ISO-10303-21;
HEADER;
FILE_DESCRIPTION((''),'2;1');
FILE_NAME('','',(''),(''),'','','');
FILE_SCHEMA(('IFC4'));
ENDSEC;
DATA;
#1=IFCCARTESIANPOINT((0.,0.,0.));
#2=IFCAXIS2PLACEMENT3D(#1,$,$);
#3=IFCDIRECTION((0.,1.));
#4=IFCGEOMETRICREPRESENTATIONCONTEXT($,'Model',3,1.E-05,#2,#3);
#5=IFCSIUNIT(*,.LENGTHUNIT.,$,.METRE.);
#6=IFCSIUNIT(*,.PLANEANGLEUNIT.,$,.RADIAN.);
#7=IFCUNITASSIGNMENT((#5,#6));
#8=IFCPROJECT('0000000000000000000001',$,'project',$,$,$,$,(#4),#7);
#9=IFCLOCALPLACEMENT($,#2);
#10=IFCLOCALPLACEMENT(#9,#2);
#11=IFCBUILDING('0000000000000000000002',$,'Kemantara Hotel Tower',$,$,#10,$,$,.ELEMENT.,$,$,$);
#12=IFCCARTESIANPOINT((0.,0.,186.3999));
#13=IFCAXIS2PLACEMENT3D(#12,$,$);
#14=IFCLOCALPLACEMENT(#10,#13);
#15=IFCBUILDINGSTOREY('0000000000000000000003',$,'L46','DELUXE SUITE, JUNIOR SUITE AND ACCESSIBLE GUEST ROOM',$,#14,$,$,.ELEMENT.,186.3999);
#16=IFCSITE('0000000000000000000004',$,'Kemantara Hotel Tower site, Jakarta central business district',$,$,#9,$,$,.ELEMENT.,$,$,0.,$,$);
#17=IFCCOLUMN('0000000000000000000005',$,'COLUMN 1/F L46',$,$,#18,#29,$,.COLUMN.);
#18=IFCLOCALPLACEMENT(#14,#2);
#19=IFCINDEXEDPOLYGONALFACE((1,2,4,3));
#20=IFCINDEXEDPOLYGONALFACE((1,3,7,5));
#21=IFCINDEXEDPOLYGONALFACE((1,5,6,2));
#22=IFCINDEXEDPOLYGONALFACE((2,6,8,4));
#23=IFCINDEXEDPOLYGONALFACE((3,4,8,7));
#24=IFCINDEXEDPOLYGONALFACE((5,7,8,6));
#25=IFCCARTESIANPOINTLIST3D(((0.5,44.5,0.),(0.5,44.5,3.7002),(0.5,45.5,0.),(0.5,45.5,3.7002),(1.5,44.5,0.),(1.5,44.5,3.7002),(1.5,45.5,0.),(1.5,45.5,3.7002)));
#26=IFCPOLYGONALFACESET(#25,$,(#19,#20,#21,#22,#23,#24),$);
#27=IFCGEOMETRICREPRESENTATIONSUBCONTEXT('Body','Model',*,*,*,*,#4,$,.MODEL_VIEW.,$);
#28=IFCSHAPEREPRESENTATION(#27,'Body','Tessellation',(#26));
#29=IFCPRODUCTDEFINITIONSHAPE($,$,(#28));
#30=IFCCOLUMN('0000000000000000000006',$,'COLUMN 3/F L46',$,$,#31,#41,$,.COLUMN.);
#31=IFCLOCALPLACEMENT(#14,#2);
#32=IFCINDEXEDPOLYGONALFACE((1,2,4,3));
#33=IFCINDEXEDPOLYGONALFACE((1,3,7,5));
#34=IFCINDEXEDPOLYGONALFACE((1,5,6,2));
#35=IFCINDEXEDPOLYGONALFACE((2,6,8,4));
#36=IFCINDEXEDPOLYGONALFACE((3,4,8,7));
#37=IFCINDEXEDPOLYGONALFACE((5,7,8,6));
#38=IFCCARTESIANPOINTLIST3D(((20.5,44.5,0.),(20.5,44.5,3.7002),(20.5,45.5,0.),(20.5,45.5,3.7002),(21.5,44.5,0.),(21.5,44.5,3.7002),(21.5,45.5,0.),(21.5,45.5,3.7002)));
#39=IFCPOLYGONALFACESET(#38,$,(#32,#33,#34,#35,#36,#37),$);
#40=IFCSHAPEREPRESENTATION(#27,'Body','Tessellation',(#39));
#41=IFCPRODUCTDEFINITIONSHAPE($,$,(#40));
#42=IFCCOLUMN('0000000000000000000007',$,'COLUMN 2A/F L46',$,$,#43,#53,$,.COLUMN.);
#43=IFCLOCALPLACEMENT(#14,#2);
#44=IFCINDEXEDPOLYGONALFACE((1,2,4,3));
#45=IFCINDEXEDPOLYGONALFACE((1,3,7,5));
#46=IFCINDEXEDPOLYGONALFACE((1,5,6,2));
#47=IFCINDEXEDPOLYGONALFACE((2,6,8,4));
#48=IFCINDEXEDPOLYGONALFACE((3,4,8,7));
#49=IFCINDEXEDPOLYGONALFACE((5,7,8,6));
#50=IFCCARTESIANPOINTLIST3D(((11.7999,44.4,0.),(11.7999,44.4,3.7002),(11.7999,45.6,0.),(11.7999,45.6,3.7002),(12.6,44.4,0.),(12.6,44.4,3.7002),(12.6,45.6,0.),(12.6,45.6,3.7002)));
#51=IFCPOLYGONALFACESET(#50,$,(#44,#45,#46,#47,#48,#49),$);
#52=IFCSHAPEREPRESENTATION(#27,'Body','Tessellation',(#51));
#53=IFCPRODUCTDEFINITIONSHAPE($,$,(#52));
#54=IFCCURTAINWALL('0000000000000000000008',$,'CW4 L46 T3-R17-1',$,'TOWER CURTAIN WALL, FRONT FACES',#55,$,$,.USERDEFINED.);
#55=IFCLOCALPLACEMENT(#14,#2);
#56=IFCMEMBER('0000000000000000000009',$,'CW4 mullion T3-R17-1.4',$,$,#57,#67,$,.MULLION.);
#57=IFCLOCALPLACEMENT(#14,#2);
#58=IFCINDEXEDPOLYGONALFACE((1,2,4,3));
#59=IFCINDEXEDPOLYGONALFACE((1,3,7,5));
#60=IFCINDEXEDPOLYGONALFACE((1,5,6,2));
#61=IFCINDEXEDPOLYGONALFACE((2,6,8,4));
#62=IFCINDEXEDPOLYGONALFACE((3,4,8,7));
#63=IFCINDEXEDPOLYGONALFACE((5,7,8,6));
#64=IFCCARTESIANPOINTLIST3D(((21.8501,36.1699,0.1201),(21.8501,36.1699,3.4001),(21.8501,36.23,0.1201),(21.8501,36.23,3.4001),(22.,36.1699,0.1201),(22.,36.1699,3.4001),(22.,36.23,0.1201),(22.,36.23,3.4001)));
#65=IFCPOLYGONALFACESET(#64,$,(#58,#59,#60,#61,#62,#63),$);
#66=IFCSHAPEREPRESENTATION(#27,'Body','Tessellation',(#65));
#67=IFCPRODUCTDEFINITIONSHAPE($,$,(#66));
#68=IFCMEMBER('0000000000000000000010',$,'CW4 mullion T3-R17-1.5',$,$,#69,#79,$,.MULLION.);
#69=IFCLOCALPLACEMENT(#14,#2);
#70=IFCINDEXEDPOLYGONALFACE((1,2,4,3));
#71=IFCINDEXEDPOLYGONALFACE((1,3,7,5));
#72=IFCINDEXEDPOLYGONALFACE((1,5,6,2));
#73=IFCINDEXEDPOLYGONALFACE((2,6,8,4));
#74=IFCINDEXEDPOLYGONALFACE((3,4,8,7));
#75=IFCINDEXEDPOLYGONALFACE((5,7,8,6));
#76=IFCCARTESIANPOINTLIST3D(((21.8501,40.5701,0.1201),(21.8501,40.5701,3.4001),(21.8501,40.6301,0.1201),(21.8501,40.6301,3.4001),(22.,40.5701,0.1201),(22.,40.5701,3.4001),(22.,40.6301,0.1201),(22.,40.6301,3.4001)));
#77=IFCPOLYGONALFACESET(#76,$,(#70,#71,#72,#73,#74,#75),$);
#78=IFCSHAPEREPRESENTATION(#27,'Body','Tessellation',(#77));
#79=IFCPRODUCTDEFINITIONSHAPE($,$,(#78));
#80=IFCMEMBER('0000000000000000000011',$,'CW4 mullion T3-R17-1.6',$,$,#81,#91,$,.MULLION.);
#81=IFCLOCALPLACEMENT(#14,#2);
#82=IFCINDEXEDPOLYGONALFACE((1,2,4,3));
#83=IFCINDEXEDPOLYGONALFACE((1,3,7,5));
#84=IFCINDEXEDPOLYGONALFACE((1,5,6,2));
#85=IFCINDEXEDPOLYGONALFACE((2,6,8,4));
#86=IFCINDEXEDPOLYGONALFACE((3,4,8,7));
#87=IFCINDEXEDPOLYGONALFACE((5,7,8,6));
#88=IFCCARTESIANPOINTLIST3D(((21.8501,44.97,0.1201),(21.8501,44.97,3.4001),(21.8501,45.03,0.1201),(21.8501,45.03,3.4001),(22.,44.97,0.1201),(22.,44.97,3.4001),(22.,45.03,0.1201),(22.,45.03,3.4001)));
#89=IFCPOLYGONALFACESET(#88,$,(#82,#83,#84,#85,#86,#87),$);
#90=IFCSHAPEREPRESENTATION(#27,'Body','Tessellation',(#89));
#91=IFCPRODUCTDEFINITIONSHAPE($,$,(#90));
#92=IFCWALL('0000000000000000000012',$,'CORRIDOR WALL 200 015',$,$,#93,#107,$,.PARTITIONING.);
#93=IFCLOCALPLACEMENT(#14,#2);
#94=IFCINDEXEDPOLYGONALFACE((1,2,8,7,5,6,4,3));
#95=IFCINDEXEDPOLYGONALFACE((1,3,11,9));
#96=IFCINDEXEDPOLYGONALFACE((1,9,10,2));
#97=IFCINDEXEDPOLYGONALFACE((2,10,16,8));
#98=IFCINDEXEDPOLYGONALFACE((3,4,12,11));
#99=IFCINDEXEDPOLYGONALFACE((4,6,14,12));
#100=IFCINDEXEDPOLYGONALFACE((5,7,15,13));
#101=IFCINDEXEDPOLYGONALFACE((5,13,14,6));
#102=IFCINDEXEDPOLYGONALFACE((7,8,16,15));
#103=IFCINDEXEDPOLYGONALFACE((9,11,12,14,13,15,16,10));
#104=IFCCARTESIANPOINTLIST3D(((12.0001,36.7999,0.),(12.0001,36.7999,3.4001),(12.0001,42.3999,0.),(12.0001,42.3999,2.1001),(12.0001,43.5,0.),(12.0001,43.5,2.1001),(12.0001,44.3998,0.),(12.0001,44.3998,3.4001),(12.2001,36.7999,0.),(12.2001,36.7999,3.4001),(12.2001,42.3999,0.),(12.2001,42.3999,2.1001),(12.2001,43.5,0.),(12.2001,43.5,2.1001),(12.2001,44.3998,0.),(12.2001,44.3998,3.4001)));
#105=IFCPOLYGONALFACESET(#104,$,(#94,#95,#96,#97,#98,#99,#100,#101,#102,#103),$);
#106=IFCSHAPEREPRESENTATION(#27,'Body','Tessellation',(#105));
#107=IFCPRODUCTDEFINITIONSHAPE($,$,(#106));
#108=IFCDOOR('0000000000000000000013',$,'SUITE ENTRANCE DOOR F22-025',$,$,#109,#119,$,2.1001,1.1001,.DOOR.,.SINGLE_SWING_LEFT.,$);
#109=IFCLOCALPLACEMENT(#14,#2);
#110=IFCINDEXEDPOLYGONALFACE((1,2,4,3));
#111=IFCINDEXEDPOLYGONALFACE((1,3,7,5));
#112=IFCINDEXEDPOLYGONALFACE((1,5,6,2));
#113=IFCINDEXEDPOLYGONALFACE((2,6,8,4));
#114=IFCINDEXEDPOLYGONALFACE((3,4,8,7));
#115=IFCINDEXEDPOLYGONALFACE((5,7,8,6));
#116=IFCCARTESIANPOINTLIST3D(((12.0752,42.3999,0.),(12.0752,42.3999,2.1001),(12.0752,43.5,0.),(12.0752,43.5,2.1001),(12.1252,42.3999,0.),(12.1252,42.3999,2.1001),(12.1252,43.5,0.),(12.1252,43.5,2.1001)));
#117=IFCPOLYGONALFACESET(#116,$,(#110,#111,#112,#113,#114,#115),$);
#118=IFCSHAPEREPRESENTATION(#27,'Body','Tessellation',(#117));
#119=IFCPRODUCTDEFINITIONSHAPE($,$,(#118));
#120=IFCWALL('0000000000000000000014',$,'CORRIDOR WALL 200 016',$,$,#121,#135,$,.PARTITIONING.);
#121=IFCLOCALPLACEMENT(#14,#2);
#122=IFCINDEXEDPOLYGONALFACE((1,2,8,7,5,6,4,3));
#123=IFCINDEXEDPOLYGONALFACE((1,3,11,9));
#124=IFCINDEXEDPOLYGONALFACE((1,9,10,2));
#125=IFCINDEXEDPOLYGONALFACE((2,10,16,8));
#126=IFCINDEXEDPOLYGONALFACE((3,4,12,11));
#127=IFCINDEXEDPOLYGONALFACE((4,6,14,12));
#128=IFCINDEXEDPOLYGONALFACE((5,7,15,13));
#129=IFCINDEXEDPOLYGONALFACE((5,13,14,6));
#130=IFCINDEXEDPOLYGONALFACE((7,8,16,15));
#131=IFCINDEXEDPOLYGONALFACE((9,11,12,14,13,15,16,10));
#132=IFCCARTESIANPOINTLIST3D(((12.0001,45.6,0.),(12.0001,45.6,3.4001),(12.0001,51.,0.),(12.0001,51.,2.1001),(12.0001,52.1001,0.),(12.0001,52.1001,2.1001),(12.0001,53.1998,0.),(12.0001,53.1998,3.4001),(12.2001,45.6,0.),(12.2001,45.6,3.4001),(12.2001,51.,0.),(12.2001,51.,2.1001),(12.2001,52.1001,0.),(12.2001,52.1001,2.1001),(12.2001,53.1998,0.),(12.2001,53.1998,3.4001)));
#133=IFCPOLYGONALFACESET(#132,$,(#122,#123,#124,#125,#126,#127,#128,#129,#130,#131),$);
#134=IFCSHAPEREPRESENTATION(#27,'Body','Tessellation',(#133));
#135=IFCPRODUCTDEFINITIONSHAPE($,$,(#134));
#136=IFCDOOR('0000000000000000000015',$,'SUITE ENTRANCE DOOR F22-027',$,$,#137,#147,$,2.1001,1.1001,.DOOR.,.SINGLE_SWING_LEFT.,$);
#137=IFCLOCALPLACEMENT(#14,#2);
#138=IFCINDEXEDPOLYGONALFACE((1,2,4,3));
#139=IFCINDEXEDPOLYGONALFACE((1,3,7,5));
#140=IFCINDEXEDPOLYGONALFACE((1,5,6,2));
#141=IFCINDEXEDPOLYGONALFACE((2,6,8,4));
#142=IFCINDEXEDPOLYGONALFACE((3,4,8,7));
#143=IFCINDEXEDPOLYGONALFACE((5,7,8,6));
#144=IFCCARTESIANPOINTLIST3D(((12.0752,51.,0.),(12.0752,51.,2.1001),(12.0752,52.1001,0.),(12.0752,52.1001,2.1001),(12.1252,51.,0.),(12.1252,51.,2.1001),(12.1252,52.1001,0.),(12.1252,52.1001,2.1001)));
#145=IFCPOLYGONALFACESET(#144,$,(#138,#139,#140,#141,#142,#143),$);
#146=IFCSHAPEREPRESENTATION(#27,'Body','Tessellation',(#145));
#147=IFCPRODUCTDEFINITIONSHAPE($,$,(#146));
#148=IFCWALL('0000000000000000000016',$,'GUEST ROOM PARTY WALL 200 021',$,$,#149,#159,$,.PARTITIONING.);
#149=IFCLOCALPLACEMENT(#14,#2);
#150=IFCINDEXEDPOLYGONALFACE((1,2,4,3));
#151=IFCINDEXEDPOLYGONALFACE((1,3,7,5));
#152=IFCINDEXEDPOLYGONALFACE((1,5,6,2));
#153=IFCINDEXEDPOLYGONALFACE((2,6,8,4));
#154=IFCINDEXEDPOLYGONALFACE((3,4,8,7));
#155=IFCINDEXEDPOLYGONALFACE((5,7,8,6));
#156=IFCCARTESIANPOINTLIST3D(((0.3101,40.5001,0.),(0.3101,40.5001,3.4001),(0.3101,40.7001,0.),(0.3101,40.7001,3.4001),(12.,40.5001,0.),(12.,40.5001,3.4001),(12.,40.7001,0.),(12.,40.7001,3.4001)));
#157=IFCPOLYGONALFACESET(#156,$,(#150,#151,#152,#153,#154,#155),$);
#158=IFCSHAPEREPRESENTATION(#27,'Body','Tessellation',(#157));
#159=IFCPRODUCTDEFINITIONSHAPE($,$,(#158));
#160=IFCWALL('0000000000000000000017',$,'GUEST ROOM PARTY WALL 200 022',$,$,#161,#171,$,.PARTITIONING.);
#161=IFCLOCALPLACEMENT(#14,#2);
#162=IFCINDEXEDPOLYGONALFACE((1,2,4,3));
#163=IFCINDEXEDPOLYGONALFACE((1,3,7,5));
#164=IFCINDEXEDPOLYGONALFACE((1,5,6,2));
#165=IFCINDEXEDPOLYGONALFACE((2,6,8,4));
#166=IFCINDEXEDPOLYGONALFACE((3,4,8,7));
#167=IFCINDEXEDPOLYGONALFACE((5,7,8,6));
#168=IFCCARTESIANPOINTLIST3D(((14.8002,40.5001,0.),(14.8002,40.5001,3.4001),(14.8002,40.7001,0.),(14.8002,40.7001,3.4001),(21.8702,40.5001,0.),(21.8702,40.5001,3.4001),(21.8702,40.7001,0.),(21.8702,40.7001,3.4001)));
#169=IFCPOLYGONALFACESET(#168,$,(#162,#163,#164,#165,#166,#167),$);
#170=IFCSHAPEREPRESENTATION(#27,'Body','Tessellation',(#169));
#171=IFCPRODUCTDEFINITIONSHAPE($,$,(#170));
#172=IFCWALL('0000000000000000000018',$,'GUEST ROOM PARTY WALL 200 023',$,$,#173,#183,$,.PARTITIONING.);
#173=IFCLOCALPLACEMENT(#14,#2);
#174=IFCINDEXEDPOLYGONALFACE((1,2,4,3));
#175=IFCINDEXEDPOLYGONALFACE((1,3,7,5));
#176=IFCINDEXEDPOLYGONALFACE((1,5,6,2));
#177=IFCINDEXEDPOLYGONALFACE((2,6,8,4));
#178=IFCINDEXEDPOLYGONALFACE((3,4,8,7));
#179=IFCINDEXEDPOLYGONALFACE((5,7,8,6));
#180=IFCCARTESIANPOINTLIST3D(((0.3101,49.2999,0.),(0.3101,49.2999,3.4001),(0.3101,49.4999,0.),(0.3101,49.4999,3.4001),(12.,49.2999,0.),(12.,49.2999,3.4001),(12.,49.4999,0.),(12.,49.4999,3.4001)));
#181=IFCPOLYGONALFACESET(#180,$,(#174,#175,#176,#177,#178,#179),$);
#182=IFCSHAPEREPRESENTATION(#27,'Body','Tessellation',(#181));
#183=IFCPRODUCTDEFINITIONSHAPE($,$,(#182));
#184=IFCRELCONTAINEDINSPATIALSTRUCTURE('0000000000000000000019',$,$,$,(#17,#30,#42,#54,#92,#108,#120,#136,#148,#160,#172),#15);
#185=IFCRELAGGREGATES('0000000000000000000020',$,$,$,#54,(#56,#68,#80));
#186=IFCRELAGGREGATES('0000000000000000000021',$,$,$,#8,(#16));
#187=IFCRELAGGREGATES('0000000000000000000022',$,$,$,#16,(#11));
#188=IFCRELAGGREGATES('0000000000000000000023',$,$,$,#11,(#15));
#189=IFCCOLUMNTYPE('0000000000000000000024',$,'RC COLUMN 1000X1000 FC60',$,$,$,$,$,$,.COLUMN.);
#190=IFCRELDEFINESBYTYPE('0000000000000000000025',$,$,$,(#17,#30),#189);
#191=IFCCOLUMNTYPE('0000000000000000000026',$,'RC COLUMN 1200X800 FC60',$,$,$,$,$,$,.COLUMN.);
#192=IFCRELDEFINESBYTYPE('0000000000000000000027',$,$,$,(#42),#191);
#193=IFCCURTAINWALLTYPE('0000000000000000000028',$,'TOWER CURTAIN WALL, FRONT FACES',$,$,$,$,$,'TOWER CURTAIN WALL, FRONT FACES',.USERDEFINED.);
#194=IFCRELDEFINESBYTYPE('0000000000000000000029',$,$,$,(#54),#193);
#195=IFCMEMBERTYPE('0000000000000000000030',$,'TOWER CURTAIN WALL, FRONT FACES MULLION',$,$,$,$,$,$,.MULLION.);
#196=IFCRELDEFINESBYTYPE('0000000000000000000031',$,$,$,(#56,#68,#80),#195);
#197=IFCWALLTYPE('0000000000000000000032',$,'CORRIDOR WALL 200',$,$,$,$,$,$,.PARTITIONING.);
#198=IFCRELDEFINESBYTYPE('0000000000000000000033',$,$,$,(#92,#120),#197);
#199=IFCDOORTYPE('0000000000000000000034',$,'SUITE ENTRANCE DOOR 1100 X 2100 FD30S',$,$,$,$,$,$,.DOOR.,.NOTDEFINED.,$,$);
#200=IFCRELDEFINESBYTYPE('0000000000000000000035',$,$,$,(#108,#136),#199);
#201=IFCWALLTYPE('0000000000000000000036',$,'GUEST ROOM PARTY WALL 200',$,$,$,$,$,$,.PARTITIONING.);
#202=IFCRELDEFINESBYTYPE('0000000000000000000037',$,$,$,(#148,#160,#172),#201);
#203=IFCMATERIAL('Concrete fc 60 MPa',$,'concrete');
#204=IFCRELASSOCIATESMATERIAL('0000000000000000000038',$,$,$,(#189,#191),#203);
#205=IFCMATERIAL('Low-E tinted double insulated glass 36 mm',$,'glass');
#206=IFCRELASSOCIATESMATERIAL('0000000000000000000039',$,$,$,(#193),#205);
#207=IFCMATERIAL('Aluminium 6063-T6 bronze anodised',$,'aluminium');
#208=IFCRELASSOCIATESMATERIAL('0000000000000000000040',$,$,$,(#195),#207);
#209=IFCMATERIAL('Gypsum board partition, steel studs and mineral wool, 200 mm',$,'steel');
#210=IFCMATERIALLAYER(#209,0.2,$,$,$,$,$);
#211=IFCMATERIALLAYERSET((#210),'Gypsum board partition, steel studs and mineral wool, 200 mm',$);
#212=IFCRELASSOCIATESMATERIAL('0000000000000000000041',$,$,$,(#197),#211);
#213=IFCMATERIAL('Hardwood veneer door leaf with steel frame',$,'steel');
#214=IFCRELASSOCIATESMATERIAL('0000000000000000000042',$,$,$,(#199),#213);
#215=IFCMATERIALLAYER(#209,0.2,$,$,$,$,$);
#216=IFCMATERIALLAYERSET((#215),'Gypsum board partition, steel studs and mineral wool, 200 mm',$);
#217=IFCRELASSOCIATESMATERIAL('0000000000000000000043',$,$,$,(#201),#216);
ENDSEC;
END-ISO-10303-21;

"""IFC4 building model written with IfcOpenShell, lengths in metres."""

from ifc_helpers import new_model, si_unit, direction, frame, frame_2d, origin, origin_2d, place, context, subcontext, project, spatial, rectangle, extrude, source, transform, mapped, material, layer, layer_set, material_profile, profile_set, type_object, element, fill, aggregate, save


model = new_model("IFC4")

# Units and contexts
model_context = context("Model", 3, precision=1e-05, world=origin(), true_north=direction((0.0, 1.0)))
body_context = subcontext(model_context, "Body", "Model", "MODEL_VIEW")
ifc_project = project(units=[si_unit("LENGTHUNIT", "METRE"), si_unit("PLANEANGLEUNIT", "RADIAN")], contexts=[model_context])

# Site, building, storey
site_placement = place(None, origin())
site = spatial("IfcSite", under=ifc_project, at=site_placement, Name="Kemantara Hotel Tower site, Jakarta central business district", CompositionType="ELEMENT", RefElevation=0.0)
building_placement = place(site_placement, origin())
building = spatial("IfcBuilding", under=site, at=building_placement, Name="Kemantara Hotel Tower", CompositionType="ELEMENT")
storey_placement = place(building_placement, frame((0.0, 0.0, 186.3999)))
storey = spatial("IfcBuildingStorey", under=building, at=storey_placement, Name="L46", Description="DELUXE SUITE, JUNIOR SUITE AND ACCESSIBLE GUEST ROOM", CompositionType="ELEMENT", Elevation=186.3999)

# Columns
ifc_material_1 = material(Name="Concrete fc 60 MPa", Category="concrete")
ifc_material_profile_1 = material_profile(ifc_material_1, rectangle(XDim=1.0, YDim=1.0, at=origin_2d()), Name="RC 1000X1000")
ifc_profile_set_1 = profile_set([ifc_material_profile_1], Name="Concrete fc 60 MPa")
column_type_1 = type_object("IfcColumnType", Name="RC COLUMN 1000X1000 FC60", PredefinedType="COLUMN", material=ifc_profile_set_1)
for number, where, z_axis, x_axis, name in (
    (1, (1.0, 45.0, 0.0), (0.0, 0.0, 1.0), (1.0, 0.0, 0.0), "COLUMN 1/F L46"),
    (2, (21.0, 45.0, 0.0), (0.0, 0.0, 1.0), (1.0, 0.0, 0.0), "COLUMN 3/F L46"),
):
    element("IfcColumn", number, at=place(storey_placement, frame(where, z_axis=z_axis, x_axis=x_axis)), inside=storey, type_object=column_type_1, Name=name, PredefinedType="COLUMN", context=body_context, shape_type="SweptSolid", body=[
        extrude(rectangle(XDim=1.0, YDim=1.0, at=origin_2d()), origin(), (0.0, 0.0, 1.0), 3.7002),
    ])
ifc_material_profile_2 = material_profile(ifc_material_1, rectangle(XDim=1.2, YDim=0.8, at=origin_2d()), Name="RC 1200X800")
ifc_profile_set_2 = profile_set([ifc_material_profile_2], Name="Concrete fc 60 MPa")
column_type_2 = type_object("IfcColumnType", Name="RC COLUMN 1200X800 FC60", PredefinedType="COLUMN", material=ifc_profile_set_2)
column_placement = place(storey_placement, frame((12.2, 45.0, 0.0), z_axis=(0.0, 0.0, 1.0), x_axis=(0.0, 1.0, 0.0)))
element("IfcColumn", 3, at=column_placement, inside=storey, type_object=column_type_2, Name="COLUMN 2A/F L46", PredefinedType="COLUMN", context=body_context, shape_type="SweptSolid", body=[
    extrude(rectangle(XDim=1.2, YDim=0.8, at=origin_2d()), origin(), (0.0, 0.0, 1.0), 3.7002),
])

# Curtain wall, members
ifc_material_2 = material(Name="Low-E tinted double insulated glass 36 mm", Category="glass")
curtain_wall_type = type_object("IfcCurtainWallType", Name="TOWER CURTAIN WALL, FRONT FACES", ElementType="TOWER CURTAIN WALL, FRONT FACES", PredefinedType="USERDEFINED", material=ifc_material_2)
curtain_wall_placement = place(storey_placement, origin())
curtain_wall = element("IfcCurtainWall", 4, at=curtain_wall_placement, inside=storey, type_object=curtain_wall_type, Name="CW4 L46 T3-R17-1", ObjectType="TOWER CURTAIN WALL, FRONT FACES", PredefinedType="USERDEFINED")
ifc_material_3 = material(Name="Aluminium 6063-T6 bronze anodised", Category="aluminium")
ifc_material_profile_3 = material_profile(ifc_material_3, rectangle(XDim=0.1499, YDim=0.0601, at=origin_2d()), Name="TOWER CURTAIN WALL, FRONT FACES MULLION")
ifc_profile_set_3 = profile_set([ifc_material_profile_3], Name="Aluminium 6063-T6 bronze anodised")
member_type = type_object("IfcMemberType", Name="TOWER CURTAIN WALL, FRONT FACES MULLION", PredefinedType="MULLION", material=ifc_profile_set_3)
shared_shape_1 = source(origin(), body_context, "Body", "SweptSolid", [
    extrude(rectangle(XDim=0.1499, YDim=0.0601, at=origin_2d()), origin(), (0.0, 0.0, 1.0), 3.28),
])
member_1_placement = place(storey_placement, frame((21.925, 36.2, 0.1201), z_axis=(0.0, 0.0, 1.0), x_axis=(-1.0, 0.0, 0.0)))
member_1 = element("IfcMember", 5, at=member_1_placement, type_object=member_type, Name="CW4 mullion T3-R17-1.4", PredefinedType="MULLION", context=body_context, shape_type="MappedRepresentation", body=[
    mapped(shared_shape_1, transform((0.0, 0.0, 0.0))),
])
member_2_placement = place(storey_placement, frame((21.925, 40.6001, 0.1201), z_axis=(0.0, 0.0, 1.0), x_axis=(-1.0, 0.0, 0.0)))
member_2 = element("IfcMember", 6, at=member_2_placement, type_object=member_type, Name="CW4 mullion T3-R17-1.5", PredefinedType="MULLION", context=body_context, shape_type="MappedRepresentation", body=[
    mapped(shared_shape_1, transform((0.0, 0.0, 0.0))),
])
member_3_placement = place(storey_placement, frame((21.925, 45.0, 0.1201), z_axis=(0.0, 0.0, 1.0), x_axis=(-1.0, 0.0, 0.0)))
member_3 = element("IfcMember", 7, at=member_3_placement, type_object=member_type, Name="CW4 mullion T3-R17-1.6", PredefinedType="MULLION", context=body_context, shape_type="MappedRepresentation", body=[
    mapped(shared_shape_1, transform((0.0, 0.0, 0.0))),
])
aggregate(curtain_wall, [member_1, member_2, member_3])

# Walls, openings, doors
ifc_material_4 = material(Name="Gypsum board partition, steel studs and mineral wool, 200 mm", Category="steel")
ifc_layer_1 = layer(ifc_material_4, 0.2)
ifc_layer_set_1 = layer_set([ifc_layer_1], Name="Gypsum board partition, steel studs and mineral wool, 200 mm")
wall_type_1 = type_object("IfcWallType", Name="CORRIDOR WALL 200", PredefinedType="PARTITIONING", material=ifc_layer_set_1)
wall_1_placement = place(storey_placement, frame((12.1001, 36.8, 0.0), z_axis=(0.0, 0.0, 1.0), x_axis=(0.0, 1.0, 0.0)))
wall_1 = element("IfcWall", 8, at=wall_1_placement, inside=storey, type_object=wall_type_1, Name="CORRIDOR WALL 200 015", PredefinedType="PARTITIONING", context=body_context, shape_type="SweptSolid", body=[
    extrude(rectangle(XDim=7.5999, YDim=0.2, at=frame_2d((3.7998, 0.0))), origin(), (0.0, 0.0, 1.0), 3.4001),
])
opening_1_placement = place(wall_1_placement, frame((5.5999, 0.0, 0.0)))
opening_1 = element("IfcOpeningElement", 9, at=opening_1_placement, cuts=wall_1, PredefinedType="OPENING", context=body_context, shape_type="SweptSolid", body=[
    extrude(rectangle(XDim=1.1001, YDim=2.1001, at=frame_2d((0.55, 1.05))), frame((0.0, 0.1099, 0.0), z_axis=(0.0, -1.0, 0.0), x_axis=(1.0, 0.0, 0.0)), (0.0, 0.0, 1.0), 0.22),
])
ifc_material_5 = material(Name="Hardwood veneer door leaf with steel frame", Category="steel")
door_type_1 = type_object("IfcDoorType", Name="SUITE ENTRANCE DOOR 1100 X 2100 FD30S", OperationType="NOTDEFINED", PredefinedType="DOOR", material=ifc_material_5)
door_1_placement = place(opening_1_placement, origin())
door_1 = element("IfcDoor", 10, at=door_1_placement, inside=storey, type_object=door_type_1, Name="SUITE ENTRANCE DOOR F22-025", OperationType="SINGLE_SWING_LEFT", OverallHeight=2.1001, OverallWidth=1.1001, PredefinedType="DOOR", context=body_context, shape_type="SweptSolid", body=[
    extrude(rectangle(XDim=1.1001, YDim=2.1001, at=frame_2d((0.55, 1.05))), frame((0.0, 0.0249, 0.0), z_axis=(0.0, -1.0, 0.0), x_axis=(1.0, 0.0, 0.0)), (0.0, 0.0, 1.0), 0.05),
])
fill(opening_1, door_1)
wall_2_placement = place(storey_placement, frame((12.1001, 45.6001, 0.0), z_axis=(0.0, 0.0, 1.0), x_axis=(0.0, 1.0, 0.0)))
wall_2 = element("IfcWall", 11, at=wall_2_placement, inside=storey, type_object=wall_type_1, Name="CORRIDOR WALL 200 016", PredefinedType="PARTITIONING", context=body_context, shape_type="SweptSolid", body=[
    extrude(rectangle(XDim=7.5999, YDim=0.2, at=frame_2d((3.7998, 0.0))), origin(), (0.0, 0.0, 1.0), 3.4001),
])
opening_2_placement = place(wall_2_placement, frame((5.3999, 0.0, 0.0)))
opening_2 = element("IfcOpeningElement", 12, at=opening_2_placement, cuts=wall_2, PredefinedType="OPENING", context=body_context, shape_type="SweptSolid", body=[
    extrude(rectangle(XDim=1.1001, YDim=2.1001, at=frame_2d((0.55, 1.05))), frame((0.0, 0.1099, 0.0), z_axis=(0.0, -1.0, 0.0), x_axis=(1.0, 0.0, 0.0)), (0.0, 0.0, 1.0), 0.22),
])
door_2_placement = place(opening_2_placement, origin())
door_2 = element("IfcDoor", 13, at=door_2_placement, inside=storey, type_object=door_type_1, Name="SUITE ENTRANCE DOOR F22-027", OperationType="SINGLE_SWING_LEFT", OverallHeight=2.1001, OverallWidth=1.1001, PredefinedType="DOOR", context=body_context, shape_type="SweptSolid", body=[
    extrude(rectangle(XDim=1.1001, YDim=2.1001, at=frame_2d((0.55, 1.05))), frame((0.0, 0.0249, 0.0), z_axis=(0.0, -1.0, 0.0), x_axis=(1.0, 0.0, 0.0)), (0.0, 0.0, 1.0), 0.05),
])
fill(opening_2, door_2)

# Walls
ifc_layer_2 = layer(ifc_material_4, 0.2)
ifc_layer_set_2 = layer_set([ifc_layer_2], Name="Gypsum board partition, steel studs and mineral wool, 200 mm")
wall_type_2 = type_object("IfcWallType", Name="GUEST ROOM PARTY WALL 200", PredefinedType="PARTITIONING", material=ifc_layer_set_2)
wall_3_placement = place(storey_placement, frame((0.3101, 40.6001, 0.0), z_axis=(0.0, 0.0, 1.0), x_axis=(1.0, 0.0, 0.0)))
element("IfcWall", 14, at=wall_3_placement, inside=storey, type_object=wall_type_2, Name="GUEST ROOM PARTY WALL 200 021", PredefinedType="PARTITIONING", context=body_context, shape_type="SweptSolid", body=[
    extrude(rectangle(XDim=11.6899, YDim=0.2, at=frame_2d((5.845, 0.0))), origin(), (0.0, 0.0, 1.0), 3.4001),
])
wall_4_placement = place(storey_placement, frame((14.8, 40.6001, 0.0), z_axis=(0.0, 0.0, 1.0), x_axis=(1.0, 0.0, 0.0)))
element("IfcWall", 15, at=wall_4_placement, inside=storey, type_object=wall_type_2, Name="GUEST ROOM PARTY WALL 200 022", PredefinedType="PARTITIONING", context=body_context, shape_type="SweptSolid", body=[
    extrude(rectangle(XDim=7.0701, YDim=0.2, at=frame_2d((3.5352, 0.0))), origin(), (0.0, 0.0, 1.0), 3.4001),
])
wall_5_placement = place(storey_placement, frame((0.3101, 49.3999, 0.0), z_axis=(0.0, 0.0, 1.0), x_axis=(1.0, 0.0, 0.0)))
element("IfcWall", 16, at=wall_5_placement, inside=storey, type_object=wall_type_2, Name="GUEST ROOM PARTY WALL 200 023", PredefinedType="PARTITIONING", context=body_context, shape_type="SweptSolid", body=[
    extrude(rectangle(XDim=11.6899, YDim=0.2, at=frame_2d((5.845, 0.0))), origin(), (0.0, 0.0, 1.0), 3.4001),
])

save(model, "model.ifc")
